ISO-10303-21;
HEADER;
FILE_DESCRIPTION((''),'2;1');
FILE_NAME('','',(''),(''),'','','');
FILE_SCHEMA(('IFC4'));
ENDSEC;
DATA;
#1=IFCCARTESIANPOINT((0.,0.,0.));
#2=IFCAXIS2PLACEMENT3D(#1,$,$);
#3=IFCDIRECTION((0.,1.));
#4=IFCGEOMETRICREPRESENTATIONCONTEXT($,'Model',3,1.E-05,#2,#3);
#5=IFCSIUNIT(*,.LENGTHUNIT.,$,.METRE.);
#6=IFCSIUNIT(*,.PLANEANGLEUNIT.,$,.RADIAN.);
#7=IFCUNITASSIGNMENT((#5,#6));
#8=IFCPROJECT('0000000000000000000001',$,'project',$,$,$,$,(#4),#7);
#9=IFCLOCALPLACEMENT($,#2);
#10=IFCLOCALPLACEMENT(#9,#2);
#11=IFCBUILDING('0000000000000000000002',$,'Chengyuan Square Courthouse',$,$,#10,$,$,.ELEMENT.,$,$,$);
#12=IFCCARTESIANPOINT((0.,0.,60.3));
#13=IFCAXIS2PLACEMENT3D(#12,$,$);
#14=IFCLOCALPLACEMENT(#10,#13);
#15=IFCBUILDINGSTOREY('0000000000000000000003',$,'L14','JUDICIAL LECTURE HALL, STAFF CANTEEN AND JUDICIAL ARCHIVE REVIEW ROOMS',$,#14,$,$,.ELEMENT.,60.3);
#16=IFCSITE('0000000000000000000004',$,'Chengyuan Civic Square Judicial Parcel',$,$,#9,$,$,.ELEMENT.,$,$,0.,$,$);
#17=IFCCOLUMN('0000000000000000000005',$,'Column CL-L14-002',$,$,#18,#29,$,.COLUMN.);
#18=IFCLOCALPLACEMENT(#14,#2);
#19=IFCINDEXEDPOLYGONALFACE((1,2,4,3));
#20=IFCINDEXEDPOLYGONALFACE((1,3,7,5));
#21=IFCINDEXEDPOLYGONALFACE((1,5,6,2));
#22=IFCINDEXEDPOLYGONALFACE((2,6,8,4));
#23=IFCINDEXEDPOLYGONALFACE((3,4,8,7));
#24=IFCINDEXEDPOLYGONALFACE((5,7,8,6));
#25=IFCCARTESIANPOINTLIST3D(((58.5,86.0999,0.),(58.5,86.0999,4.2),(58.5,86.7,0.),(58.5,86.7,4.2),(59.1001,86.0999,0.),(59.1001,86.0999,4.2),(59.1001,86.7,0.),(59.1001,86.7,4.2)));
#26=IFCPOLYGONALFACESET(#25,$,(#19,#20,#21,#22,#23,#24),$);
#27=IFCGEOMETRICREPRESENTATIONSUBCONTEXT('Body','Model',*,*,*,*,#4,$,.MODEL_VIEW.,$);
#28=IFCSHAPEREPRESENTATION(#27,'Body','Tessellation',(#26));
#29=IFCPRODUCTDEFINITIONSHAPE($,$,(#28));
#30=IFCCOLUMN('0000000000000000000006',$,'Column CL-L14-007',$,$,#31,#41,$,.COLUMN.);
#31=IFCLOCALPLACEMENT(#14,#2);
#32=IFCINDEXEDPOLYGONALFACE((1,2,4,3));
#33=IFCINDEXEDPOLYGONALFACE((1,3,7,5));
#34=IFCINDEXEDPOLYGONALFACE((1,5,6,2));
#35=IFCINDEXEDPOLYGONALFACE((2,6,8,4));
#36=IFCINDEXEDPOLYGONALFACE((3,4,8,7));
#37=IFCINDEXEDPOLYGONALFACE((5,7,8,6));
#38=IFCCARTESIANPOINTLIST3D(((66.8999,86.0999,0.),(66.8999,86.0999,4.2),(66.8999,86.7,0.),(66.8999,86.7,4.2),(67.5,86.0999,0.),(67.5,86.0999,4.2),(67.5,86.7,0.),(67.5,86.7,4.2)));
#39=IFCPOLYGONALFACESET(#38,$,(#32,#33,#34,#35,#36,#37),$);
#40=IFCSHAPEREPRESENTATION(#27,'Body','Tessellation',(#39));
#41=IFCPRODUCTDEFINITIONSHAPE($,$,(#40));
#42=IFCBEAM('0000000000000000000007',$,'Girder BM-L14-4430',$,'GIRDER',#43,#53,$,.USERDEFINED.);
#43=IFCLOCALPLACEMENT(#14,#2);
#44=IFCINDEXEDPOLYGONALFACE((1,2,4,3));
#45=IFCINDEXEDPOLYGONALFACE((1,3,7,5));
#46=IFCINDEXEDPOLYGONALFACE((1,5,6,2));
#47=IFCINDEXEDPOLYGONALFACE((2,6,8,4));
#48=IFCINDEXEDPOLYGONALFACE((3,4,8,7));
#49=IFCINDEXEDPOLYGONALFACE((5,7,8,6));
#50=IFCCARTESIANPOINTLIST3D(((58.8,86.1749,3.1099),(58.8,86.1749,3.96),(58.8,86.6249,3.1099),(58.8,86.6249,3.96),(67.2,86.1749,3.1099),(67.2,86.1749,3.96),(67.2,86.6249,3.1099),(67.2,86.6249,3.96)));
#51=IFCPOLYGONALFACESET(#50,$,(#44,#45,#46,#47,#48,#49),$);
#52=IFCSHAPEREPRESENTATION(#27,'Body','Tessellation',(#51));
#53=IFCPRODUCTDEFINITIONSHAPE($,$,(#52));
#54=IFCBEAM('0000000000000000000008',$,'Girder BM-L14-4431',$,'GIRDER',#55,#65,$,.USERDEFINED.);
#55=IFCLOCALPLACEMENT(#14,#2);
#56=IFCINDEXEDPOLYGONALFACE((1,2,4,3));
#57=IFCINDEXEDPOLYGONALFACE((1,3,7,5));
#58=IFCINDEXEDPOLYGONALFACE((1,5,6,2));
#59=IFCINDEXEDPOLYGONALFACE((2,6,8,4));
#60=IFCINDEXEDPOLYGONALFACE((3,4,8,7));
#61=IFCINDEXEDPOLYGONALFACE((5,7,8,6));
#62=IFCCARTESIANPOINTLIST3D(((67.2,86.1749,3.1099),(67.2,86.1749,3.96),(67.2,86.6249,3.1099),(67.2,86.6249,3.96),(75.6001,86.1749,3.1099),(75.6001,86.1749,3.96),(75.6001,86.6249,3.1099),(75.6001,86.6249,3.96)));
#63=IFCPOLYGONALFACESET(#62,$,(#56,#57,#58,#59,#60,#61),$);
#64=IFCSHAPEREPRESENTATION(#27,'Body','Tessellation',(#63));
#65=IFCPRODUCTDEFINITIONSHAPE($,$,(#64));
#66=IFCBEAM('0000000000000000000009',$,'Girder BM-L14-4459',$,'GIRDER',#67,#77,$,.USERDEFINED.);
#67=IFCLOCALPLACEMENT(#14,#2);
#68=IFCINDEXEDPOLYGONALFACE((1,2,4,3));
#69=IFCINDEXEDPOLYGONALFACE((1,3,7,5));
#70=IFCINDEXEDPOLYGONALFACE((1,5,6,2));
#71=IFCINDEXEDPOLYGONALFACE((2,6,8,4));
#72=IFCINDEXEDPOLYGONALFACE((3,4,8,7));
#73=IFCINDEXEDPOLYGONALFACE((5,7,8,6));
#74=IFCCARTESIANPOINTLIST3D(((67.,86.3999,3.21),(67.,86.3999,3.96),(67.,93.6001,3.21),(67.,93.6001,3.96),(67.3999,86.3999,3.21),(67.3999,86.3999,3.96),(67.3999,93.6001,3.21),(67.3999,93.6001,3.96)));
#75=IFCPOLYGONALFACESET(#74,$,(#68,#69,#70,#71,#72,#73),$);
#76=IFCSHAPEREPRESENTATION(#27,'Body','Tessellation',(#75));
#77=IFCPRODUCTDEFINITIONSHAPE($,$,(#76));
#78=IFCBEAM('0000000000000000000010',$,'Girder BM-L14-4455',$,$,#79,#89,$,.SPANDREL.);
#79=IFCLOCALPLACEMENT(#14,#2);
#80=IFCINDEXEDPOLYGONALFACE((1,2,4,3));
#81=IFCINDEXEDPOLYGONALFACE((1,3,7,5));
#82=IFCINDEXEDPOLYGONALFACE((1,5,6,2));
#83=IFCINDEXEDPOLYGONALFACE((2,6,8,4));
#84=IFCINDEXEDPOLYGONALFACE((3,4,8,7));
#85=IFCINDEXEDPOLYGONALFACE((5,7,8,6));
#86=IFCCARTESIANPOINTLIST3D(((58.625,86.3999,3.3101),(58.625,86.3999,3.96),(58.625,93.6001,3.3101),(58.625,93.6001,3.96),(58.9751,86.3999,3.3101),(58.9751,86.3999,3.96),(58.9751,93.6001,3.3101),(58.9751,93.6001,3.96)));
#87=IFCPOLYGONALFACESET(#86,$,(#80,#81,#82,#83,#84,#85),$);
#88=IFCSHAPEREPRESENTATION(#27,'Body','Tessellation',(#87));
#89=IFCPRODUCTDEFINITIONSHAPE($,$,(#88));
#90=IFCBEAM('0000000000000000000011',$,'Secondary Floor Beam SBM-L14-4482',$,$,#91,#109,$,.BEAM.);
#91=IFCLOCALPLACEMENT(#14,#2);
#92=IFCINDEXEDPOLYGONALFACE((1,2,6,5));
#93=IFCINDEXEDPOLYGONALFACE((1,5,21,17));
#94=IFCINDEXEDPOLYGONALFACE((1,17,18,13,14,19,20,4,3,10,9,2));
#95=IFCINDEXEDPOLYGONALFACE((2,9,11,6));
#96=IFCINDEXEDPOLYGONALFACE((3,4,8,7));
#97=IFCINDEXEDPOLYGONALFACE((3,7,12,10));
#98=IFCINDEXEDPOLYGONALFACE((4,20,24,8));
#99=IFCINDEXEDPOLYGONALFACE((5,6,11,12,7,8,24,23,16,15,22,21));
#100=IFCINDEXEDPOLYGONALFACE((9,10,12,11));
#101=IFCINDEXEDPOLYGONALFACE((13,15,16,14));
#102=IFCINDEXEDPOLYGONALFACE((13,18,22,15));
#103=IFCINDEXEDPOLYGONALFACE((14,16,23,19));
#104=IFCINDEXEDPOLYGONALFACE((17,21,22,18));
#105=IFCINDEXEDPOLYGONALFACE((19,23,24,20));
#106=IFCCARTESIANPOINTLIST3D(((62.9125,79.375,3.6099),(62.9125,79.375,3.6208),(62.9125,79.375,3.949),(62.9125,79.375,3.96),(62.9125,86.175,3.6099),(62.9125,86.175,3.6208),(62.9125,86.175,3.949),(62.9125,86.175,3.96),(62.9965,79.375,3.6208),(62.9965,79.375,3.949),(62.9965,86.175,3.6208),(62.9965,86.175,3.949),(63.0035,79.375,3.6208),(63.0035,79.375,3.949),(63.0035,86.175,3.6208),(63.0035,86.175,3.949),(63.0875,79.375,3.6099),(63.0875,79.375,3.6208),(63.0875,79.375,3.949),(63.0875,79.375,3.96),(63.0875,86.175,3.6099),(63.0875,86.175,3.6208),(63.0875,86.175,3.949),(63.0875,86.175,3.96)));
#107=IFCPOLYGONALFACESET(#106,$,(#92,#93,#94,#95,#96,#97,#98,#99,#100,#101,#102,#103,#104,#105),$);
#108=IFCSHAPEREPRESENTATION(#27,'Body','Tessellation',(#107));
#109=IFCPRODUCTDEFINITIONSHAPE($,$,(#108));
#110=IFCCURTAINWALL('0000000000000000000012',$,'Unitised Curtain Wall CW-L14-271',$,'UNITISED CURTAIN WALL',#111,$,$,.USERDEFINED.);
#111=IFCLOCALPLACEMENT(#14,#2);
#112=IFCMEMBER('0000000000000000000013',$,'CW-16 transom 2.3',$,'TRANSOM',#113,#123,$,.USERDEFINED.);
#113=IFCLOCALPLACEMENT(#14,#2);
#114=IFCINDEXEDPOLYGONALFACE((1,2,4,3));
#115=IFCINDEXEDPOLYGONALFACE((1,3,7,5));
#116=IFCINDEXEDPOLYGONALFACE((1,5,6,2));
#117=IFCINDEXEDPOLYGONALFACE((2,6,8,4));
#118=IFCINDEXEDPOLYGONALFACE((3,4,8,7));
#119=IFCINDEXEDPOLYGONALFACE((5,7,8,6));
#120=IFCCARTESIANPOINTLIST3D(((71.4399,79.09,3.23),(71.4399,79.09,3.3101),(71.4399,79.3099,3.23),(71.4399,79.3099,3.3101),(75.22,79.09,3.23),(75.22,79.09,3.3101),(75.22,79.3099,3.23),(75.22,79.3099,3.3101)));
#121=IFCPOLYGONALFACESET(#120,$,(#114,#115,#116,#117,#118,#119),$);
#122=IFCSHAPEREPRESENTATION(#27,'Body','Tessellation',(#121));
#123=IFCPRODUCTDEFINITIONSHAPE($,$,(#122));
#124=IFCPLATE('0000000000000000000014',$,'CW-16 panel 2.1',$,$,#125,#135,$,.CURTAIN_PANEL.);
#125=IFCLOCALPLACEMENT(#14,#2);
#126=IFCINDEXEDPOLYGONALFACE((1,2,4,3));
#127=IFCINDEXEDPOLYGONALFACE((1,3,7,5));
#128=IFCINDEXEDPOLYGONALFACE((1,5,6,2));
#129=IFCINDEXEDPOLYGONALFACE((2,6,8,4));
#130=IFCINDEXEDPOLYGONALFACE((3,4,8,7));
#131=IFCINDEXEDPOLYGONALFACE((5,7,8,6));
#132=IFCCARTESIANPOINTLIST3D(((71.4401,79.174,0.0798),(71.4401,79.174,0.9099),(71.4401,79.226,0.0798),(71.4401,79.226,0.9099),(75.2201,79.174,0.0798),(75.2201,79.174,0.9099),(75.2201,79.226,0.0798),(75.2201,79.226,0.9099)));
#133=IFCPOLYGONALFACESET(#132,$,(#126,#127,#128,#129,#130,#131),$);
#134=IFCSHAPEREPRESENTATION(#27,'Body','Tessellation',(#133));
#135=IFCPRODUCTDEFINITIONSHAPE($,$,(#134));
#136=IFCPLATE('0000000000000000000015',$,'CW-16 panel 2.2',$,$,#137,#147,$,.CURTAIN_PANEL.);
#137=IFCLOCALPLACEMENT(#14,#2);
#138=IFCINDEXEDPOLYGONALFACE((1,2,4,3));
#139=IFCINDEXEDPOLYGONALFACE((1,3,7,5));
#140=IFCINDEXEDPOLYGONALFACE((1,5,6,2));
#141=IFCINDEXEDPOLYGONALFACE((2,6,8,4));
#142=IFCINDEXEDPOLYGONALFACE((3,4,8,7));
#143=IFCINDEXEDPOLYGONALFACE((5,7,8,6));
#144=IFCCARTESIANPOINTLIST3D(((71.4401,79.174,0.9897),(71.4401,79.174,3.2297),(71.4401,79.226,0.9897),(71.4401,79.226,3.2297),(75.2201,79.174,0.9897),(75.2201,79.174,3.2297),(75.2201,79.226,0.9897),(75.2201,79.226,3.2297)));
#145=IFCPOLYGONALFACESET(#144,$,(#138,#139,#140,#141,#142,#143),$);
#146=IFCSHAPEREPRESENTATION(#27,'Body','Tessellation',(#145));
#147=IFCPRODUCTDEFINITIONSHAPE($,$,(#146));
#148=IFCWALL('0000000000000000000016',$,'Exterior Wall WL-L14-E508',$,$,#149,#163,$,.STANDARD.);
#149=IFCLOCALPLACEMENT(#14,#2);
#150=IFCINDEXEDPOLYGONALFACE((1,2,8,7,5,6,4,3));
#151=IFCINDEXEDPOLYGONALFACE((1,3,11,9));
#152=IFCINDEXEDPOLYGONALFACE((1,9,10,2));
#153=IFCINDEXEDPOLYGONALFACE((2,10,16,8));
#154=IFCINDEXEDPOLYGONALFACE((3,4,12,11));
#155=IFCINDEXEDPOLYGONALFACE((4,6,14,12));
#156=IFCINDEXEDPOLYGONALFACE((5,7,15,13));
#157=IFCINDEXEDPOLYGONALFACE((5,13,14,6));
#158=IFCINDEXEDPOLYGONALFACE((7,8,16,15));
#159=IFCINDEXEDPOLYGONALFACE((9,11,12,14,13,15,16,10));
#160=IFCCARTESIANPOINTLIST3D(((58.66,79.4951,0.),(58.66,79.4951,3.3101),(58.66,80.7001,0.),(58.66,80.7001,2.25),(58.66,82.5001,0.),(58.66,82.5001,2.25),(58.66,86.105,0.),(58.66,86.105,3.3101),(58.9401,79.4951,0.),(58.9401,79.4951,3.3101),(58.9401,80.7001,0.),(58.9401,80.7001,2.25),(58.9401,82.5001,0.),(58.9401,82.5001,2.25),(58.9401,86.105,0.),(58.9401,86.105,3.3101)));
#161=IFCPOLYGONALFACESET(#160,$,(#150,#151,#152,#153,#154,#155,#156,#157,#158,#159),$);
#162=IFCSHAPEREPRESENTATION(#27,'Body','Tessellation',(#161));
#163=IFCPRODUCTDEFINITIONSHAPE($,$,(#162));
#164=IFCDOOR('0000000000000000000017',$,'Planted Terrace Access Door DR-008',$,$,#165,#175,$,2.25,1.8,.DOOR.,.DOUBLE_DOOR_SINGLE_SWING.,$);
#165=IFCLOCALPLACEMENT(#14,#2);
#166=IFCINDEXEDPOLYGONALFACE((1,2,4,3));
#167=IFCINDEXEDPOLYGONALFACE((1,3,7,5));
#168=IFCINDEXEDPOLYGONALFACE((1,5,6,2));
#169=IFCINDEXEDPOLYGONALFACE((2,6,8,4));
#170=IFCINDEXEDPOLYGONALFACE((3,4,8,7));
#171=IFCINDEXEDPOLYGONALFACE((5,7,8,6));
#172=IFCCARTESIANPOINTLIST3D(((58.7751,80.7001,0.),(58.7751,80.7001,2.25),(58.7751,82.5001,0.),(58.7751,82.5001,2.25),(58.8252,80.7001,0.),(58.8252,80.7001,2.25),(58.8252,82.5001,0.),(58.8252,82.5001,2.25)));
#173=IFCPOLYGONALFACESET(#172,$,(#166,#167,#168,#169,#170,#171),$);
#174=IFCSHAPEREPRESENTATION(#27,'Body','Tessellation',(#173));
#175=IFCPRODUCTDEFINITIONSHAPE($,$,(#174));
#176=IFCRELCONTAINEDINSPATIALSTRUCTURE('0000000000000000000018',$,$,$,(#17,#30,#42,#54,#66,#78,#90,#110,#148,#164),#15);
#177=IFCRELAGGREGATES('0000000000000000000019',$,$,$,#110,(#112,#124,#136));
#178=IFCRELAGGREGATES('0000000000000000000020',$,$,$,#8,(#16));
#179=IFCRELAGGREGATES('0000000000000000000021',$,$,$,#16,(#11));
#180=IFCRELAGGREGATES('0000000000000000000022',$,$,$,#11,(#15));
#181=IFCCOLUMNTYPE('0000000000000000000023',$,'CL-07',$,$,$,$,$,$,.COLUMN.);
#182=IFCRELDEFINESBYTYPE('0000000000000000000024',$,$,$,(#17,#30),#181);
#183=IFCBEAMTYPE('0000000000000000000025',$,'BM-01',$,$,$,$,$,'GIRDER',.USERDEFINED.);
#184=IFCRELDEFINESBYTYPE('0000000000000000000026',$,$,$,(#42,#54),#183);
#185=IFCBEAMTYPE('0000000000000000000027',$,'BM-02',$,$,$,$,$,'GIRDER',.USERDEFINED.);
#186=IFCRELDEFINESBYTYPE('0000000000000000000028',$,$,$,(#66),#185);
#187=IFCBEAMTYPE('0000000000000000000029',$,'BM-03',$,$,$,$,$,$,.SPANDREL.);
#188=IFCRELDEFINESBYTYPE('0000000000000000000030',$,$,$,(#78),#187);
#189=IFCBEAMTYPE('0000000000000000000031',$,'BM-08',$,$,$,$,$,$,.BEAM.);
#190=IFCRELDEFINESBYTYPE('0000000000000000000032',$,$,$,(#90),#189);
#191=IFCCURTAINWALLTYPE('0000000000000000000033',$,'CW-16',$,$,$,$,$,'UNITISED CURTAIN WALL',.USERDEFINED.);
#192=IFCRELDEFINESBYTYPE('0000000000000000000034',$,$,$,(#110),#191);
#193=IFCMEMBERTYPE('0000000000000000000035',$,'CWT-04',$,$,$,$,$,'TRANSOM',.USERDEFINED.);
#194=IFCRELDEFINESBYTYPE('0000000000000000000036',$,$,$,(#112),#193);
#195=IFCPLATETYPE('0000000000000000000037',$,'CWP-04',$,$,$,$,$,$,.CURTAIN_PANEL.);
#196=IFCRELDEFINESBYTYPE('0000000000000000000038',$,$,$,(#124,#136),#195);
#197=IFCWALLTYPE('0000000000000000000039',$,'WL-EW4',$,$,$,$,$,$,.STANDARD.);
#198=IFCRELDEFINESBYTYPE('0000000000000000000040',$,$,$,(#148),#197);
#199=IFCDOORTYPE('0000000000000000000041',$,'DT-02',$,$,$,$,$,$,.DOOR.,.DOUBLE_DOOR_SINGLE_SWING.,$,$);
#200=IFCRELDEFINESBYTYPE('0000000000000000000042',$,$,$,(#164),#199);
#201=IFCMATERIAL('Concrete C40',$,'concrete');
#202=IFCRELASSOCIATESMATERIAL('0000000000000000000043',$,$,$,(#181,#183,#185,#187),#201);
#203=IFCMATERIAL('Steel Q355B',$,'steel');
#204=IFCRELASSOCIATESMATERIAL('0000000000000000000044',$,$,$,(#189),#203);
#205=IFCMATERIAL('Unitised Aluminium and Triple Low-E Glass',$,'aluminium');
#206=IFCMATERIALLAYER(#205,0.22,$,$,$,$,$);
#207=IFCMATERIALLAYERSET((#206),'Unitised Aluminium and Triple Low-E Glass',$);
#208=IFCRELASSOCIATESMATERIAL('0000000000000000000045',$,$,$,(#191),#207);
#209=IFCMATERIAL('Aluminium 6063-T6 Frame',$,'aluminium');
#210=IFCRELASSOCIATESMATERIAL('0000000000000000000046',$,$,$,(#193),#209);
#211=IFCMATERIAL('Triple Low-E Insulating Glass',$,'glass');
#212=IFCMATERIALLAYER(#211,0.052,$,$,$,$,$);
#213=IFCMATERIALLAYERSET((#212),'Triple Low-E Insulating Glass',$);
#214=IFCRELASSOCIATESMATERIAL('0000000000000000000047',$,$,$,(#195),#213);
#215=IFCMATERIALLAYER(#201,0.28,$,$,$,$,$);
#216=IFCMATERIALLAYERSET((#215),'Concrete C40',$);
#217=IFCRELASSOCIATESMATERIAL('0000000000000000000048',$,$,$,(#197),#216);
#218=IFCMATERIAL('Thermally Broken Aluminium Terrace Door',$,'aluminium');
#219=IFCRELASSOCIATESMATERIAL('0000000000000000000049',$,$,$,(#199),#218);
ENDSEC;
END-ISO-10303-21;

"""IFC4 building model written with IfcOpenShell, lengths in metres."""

from ifc_helpers import new_model, si_unit, direction, frame, frame_2d, origin, origin_2d, place, context, subcontext, project, spatial, rectangle, i_section, extrude, material, layer, layer_set, material_profile, profile_set, type_object, element, fill, aggregate, save


model = new_model("IFC4")

# Units and contexts
model_context = context("Model", 3, precision=1e-05, world=origin(), true_north=direction((0.0, 1.0)))
body_context = subcontext(model_context, "Body", "Model", "MODEL_VIEW")
ifc_project = project(units=[si_unit("LENGTHUNIT", "METRE"), si_unit("PLANEANGLEUNIT", "RADIAN")], contexts=[model_context])

# Site, building, storey
site_placement = place(None, origin())
site = spatial("IfcSite", under=ifc_project, at=site_placement, Name="Chengyuan Civic Square Judicial Parcel", CompositionType="ELEMENT", RefElevation=0.0)
building_placement = place(site_placement, origin())
building = spatial("IfcBuilding", under=site, at=building_placement, Name="Chengyuan Square Courthouse", CompositionType="ELEMENT")
storey_placement = place(building_placement, frame((0.0, 0.0, 60.3)))
storey = spatial("IfcBuildingStorey", under=building, at=storey_placement, Name="L14", Description="JUDICIAL LECTURE HALL, STAFF CANTEEN AND JUDICIAL ARCHIVE REVIEW ROOMS", CompositionType="ELEMENT", Elevation=60.3)

# Columns
ifc_material_1 = material(Name="Concrete C40", Category="concrete")
ifc_material_profile_1 = material_profile(ifc_material_1, rectangle(XDim=0.6001, YDim=0.6001, at=origin_2d()), Name="RC-COL-600x600")
ifc_profile_set_1 = profile_set([ifc_material_profile_1], Name="Concrete C40")
column_type = type_object("IfcColumnType", Name="CL-07", PredefinedType="COLUMN", material=ifc_profile_set_1)
for number, where, z_axis, x_axis, name in (
    (1, (58.8, 86.3999, 0.0), (0.0, 0.0, 1.0), (1.0, 0.0, 0.0), "Column CL-L14-002"),
    (2, (67.2, 86.3999, 0.0), (0.0, 0.0, 1.0), (1.0, 0.0, 0.0), "Column CL-L14-007"),
):
    element("IfcColumn", number, at=place(storey_placement, frame(where, z_axis=z_axis, x_axis=x_axis)), inside=storey, type_object=column_type, Name=name, PredefinedType="COLUMN", context=body_context, shape_type="SweptSolid", body=[
        extrude(rectangle(XDim=0.6001, YDim=0.6001, at=origin_2d()), origin(), (0.0, 0.0, 1.0), 4.2),
    ])

# Beams
ifc_material_profile_2 = material_profile(ifc_material_1, rectangle(XDim=0.45, YDim=0.8501, at=origin_2d()), Name="RC-BM-450x850")
ifc_profile_set_2 = profile_set([ifc_material_profile_2], Name="Concrete C40")
beam_type_1 = type_object("IfcBeamType", Name="BM-01", ElementType="GIRDER", PredefinedType="USERDEFINED", material=ifc_profile_set_2)
beam_1_placement = place(storey_placement, frame((58.8, 86.3999, 3.5349), z_axis=(1.0, 0.0, 0.0), x_axis=(0.0, 1.0, 0.0)))
element("IfcBeam", 3, at=beam_1_placement, inside=storey, type_object=beam_type_1, Name="Girder BM-L14-4430", ObjectType="GIRDER", PredefinedType="USERDEFINED", context=body_context, shape_type="SweptSolid", body=[
    extrude(rectangle(XDim=0.45, YDim=0.8501, at=origin_2d()), origin(), (0.0, 0.0, 1.0), 8.3999),
])
beam_2_placement = place(storey_placement, frame((67.2, 86.3999, 3.5349), z_axis=(1.0, 0.0, 0.0), x_axis=(0.0, 1.0, 0.0)))
element("IfcBeam", 4, at=beam_2_placement, inside=storey, type_object=beam_type_1, Name="Girder BM-L14-4431", ObjectType="GIRDER", PredefinedType="USERDEFINED", context=body_context, shape_type="SweptSolid", body=[
    extrude(rectangle(XDim=0.45, YDim=0.8501, at=origin_2d()), origin(), (0.0, 0.0, 1.0), 8.4001),
])
ifc_material_profile_3 = material_profile(ifc_material_1, rectangle(XDim=0.3999, YDim=0.75, at=origin_2d()), Name="RC-BM-400x750")
ifc_profile_set_3 = profile_set([ifc_material_profile_3], Name="Concrete C40")
beam_type_2 = type_object("IfcBeamType", Name="BM-02", ElementType="GIRDER", PredefinedType="USERDEFINED", material=ifc_profile_set_3)
beam_3_placement = place(storey_placement, frame((67.2, 86.3999, 3.585), z_axis=(0.0, 1.0, 0.0), x_axis=(-1.0, 0.0, 0.0)))
element("IfcBeam", 5, at=beam_3_placement, inside=storey, type_object=beam_type_2, Name="Girder BM-L14-4459", ObjectType="GIRDER", PredefinedType="USERDEFINED", context=body_context, shape_type="SweptSolid", body=[
    extrude(rectangle(XDim=0.3999, YDim=0.75, at=origin_2d()), origin(), (0.0, 0.0, 1.0), 7.2002),
])
ifc_material_profile_4 = material_profile(ifc_material_1, rectangle(XDim=0.3501, YDim=0.6499, at=origin_2d()), Name="RC-BM-350x650")
ifc_profile_set_4 = profile_set([ifc_material_profile_4], Name="Concrete C40")
beam_type_3 = type_object("IfcBeamType", Name="BM-03", PredefinedType="SPANDREL", material=ifc_profile_set_4)
beam_4_placement = place(storey_placement, frame((58.8, 86.3999, 3.635), z_axis=(0.0, 1.0, 0.0), x_axis=(-1.0, 0.0, 0.0)))
element("IfcBeam", 6, at=beam_4_placement, inside=storey, type_object=beam_type_3, Name="Girder BM-L14-4455", PredefinedType="SPANDREL", context=body_context, shape_type="SweptSolid", body=[
    extrude(rectangle(XDim=0.3501, YDim=0.6499, at=origin_2d()), origin(), (0.0, 0.0, 1.0), 7.2002),
])
ifc_material_2 = material(Name="Steel Q355B", Category="steel")
ifc_material_profile_5 = material_profile(ifc_material_2, i_section(OverallWidth=0.175, OverallDepth=0.3501, WebThickness=0.0071, FlangeThickness=0.011, at=origin_2d()), Name="HN 350x175x7x11")
ifc_profile_set_5 = profile_set([ifc_material_profile_5], Name="Steel Q355B")
beam_type_4 = type_object("IfcBeamType", Name="BM-08", PredefinedType="BEAM", material=ifc_profile_set_5)
beam_5_placement = place(storey_placement, frame((63.0, 79.375, 3.7849), z_axis=(0.0, 1.0, 0.0), x_axis=(-1.0, 0.0, 0.0)))
element("IfcBeam", 7, at=beam_5_placement, inside=storey, type_object=beam_type_4, Name="Secondary Floor Beam SBM-L14-4482", PredefinedType="BEAM", context=body_context, shape_type="SweptSolid", body=[
    extrude(i_section(OverallWidth=0.175, OverallDepth=0.3501, WebThickness=0.0071, FlangeThickness=0.011, at=origin_2d()), origin(), (0.0, 0.0, 1.0), 6.8),
])

# Curtain wall, member, plates
ifc_material_3 = material(Name="Unitised Aluminium and Triple Low-E Glass", Category="aluminium")
ifc_layer_1 = layer(ifc_material_3, 0.22)
ifc_layer_set_1 = layer_set([ifc_layer_1], Name="Unitised Aluminium and Triple Low-E Glass")
curtain_wall_type = type_object("IfcCurtainWallType", Name="CW-16", ElementType="UNITISED CURTAIN WALL", PredefinedType="USERDEFINED", material=ifc_layer_set_1)
curtain_wall_placement = place(storey_placement, origin())
curtain_wall = element("IfcCurtainWall", 8, at=curtain_wall_placement, inside=storey, type_object=curtain_wall_type, Name="Unitised Curtain Wall CW-L14-271", ObjectType="UNITISED CURTAIN WALL", PredefinedType="USERDEFINED")
ifc_material_4 = material(Name="Aluminium 6063-T6 Frame", Category="aluminium")
ifc_material_profile_6 = material_profile(ifc_material_4, rectangle(XDim=0.22, YDim=0.0801, at=origin_2d()), Name="CW-TRN-80x180")
ifc_profile_set_6 = profile_set([ifc_material_profile_6], Name="Aluminium 6063-T6 Frame")
member_type = type_object("IfcMemberType", Name="CWT-04", ElementType="TRANSOM", PredefinedType="USERDEFINED", material=ifc_profile_set_6)
member_placement = place(storey_placement, frame((71.4399, 79.2, 3.27), z_axis=(1.0, 0.0, 0.0), x_axis=(0.0, 1.0, 0.0)))
member = element("IfcMember", 9, at=member_placement, type_object=member_type, Name="CW-16 transom 2.3", ObjectType="TRANSOM", PredefinedType="USERDEFINED", context=body_context, shape_type="SweptSolid", body=[
    extrude(rectangle(XDim=0.22, YDim=0.0801, at=origin_2d()), origin(), (0.0, 0.0, 1.0), 3.78),
])
ifc_material_5 = material(Name="Triple Low-E Insulating Glass", Category="glass")
ifc_layer_2 = layer(ifc_material_5, 0.052)
ifc_layer_set_2 = layer_set([ifc_layer_2], Name="Triple Low-E Insulating Glass")
plate_type = type_object("IfcPlateType", Name="CWP-04", PredefinedType="CURTAIN_PANEL", material=ifc_layer_set_2)
plate_1_placement = place(storey_placement, frame((73.3301, 79.2, 0.0798), z_axis=(0.0, 0.0, 1.0), x_axis=(1.0, 0.0, 0.0)))
plate_1 = element("IfcPlate", 10, at=plate_1_placement, type_object=plate_type, Name="CW-16 panel 2.1", PredefinedType="CURTAIN_PANEL", context=body_context, shape_type="SweptSolid", body=[
    extrude(rectangle(XDim=3.78, YDim=0.052, at=origin_2d()), origin(), (0.0, 0.0, 1.0), 0.8301),
])
plate_2_placement = place(storey_placement, frame((73.3301, 79.2, 0.9897), z_axis=(0.0, 0.0, 1.0), x_axis=(1.0, 0.0, 0.0)))
plate_2 = element("IfcPlate", 11, at=plate_2_placement, type_object=plate_type, Name="CW-16 panel 2.2", PredefinedType="CURTAIN_PANEL", context=body_context, shape_type="SweptSolid", body=[
    extrude(rectangle(XDim=3.78, YDim=0.052, at=origin_2d()), origin(), (0.0, 0.0, 1.0), 2.24),
])
aggregate(curtain_wall, [member, plate_1, plate_2])

# Wall, opening, door
ifc_layer_3 = layer(ifc_material_1, 0.28)
ifc_layer_set_3 = layer_set([ifc_layer_3], Name="Concrete C40")
wall_type_1 = type_object("IfcWallType", Name="WL-EW4", PredefinedType="STANDARD", material=ifc_layer_set_3)
wall_1_placement = place(storey_placement, frame((58.8, 79.4951, 0.0), z_axis=(0.0, 0.0, 1.0), x_axis=(0.0, 1.0, 0.0)))
wall_1 = element("IfcWall", 12, at=wall_1_placement, inside=storey, type_object=wall_type_1, Name="Exterior Wall WL-L14-E508", PredefinedType="STANDARD", context=body_context, shape_type="SweptSolid", body=[
    extrude(rectangle(XDim=6.6099, YDim=0.28, at=frame_2d((3.3049, 0.0))), origin(), (0.0, 0.0, 1.0), 3.3101),
])
opening_1_placement = place(wall_1_placement, frame((1.2051, 0.0, 0.0)))
opening_1 = element("IfcOpeningElement", 13, at=opening_1_placement, cuts=wall_1, PredefinedType="OPENING", context=body_context, shape_type="SweptSolid", body=[
    extrude(rectangle(XDim=1.8, YDim=2.25, at=frame_2d((0.8999, 1.125))), frame((0.0, 0.1521, 0.0), z_axis=(0.0, -1.0, 0.0), x_axis=(1.0, 0.0, 0.0)), (0.0, 0.0, 1.0), 0.304),
])
ifc_material_6 = material(Name="Thermally Broken Aluminium Terrace Door", Category="aluminium")
door_type_1 = type_object("IfcDoorType", Name="DT-02", OperationType="DOUBLE_DOOR_SINGLE_SWING", PredefinedType="DOOR", material=ifc_material_6)
door_1_placement = place(opening_1_placement, origin())
door_1 = element("IfcDoor", 14, at=door_1_placement, inside=storey, type_object=door_type_1, Name="Planted Terrace Access Door DR-008", OperationType="DOUBLE_DOOR_SINGLE_SWING", OverallHeight=2.25, OverallWidth=1.8, PredefinedType="DOOR", context=body_context, shape_type="SweptSolid", body=[
    extrude(rectangle(XDim=1.8, YDim=2.25, at=frame_2d((0.8999, 1.125))), frame((0.0, 0.0249, 0.0), z_axis=(0.0, -1.0, 0.0), x_axis=(1.0, 0.0, 0.0)), (0.0, 0.0, 1.0), 0.05),
])
fill(opening_1, door_1)

save(model, "model.ifc")
